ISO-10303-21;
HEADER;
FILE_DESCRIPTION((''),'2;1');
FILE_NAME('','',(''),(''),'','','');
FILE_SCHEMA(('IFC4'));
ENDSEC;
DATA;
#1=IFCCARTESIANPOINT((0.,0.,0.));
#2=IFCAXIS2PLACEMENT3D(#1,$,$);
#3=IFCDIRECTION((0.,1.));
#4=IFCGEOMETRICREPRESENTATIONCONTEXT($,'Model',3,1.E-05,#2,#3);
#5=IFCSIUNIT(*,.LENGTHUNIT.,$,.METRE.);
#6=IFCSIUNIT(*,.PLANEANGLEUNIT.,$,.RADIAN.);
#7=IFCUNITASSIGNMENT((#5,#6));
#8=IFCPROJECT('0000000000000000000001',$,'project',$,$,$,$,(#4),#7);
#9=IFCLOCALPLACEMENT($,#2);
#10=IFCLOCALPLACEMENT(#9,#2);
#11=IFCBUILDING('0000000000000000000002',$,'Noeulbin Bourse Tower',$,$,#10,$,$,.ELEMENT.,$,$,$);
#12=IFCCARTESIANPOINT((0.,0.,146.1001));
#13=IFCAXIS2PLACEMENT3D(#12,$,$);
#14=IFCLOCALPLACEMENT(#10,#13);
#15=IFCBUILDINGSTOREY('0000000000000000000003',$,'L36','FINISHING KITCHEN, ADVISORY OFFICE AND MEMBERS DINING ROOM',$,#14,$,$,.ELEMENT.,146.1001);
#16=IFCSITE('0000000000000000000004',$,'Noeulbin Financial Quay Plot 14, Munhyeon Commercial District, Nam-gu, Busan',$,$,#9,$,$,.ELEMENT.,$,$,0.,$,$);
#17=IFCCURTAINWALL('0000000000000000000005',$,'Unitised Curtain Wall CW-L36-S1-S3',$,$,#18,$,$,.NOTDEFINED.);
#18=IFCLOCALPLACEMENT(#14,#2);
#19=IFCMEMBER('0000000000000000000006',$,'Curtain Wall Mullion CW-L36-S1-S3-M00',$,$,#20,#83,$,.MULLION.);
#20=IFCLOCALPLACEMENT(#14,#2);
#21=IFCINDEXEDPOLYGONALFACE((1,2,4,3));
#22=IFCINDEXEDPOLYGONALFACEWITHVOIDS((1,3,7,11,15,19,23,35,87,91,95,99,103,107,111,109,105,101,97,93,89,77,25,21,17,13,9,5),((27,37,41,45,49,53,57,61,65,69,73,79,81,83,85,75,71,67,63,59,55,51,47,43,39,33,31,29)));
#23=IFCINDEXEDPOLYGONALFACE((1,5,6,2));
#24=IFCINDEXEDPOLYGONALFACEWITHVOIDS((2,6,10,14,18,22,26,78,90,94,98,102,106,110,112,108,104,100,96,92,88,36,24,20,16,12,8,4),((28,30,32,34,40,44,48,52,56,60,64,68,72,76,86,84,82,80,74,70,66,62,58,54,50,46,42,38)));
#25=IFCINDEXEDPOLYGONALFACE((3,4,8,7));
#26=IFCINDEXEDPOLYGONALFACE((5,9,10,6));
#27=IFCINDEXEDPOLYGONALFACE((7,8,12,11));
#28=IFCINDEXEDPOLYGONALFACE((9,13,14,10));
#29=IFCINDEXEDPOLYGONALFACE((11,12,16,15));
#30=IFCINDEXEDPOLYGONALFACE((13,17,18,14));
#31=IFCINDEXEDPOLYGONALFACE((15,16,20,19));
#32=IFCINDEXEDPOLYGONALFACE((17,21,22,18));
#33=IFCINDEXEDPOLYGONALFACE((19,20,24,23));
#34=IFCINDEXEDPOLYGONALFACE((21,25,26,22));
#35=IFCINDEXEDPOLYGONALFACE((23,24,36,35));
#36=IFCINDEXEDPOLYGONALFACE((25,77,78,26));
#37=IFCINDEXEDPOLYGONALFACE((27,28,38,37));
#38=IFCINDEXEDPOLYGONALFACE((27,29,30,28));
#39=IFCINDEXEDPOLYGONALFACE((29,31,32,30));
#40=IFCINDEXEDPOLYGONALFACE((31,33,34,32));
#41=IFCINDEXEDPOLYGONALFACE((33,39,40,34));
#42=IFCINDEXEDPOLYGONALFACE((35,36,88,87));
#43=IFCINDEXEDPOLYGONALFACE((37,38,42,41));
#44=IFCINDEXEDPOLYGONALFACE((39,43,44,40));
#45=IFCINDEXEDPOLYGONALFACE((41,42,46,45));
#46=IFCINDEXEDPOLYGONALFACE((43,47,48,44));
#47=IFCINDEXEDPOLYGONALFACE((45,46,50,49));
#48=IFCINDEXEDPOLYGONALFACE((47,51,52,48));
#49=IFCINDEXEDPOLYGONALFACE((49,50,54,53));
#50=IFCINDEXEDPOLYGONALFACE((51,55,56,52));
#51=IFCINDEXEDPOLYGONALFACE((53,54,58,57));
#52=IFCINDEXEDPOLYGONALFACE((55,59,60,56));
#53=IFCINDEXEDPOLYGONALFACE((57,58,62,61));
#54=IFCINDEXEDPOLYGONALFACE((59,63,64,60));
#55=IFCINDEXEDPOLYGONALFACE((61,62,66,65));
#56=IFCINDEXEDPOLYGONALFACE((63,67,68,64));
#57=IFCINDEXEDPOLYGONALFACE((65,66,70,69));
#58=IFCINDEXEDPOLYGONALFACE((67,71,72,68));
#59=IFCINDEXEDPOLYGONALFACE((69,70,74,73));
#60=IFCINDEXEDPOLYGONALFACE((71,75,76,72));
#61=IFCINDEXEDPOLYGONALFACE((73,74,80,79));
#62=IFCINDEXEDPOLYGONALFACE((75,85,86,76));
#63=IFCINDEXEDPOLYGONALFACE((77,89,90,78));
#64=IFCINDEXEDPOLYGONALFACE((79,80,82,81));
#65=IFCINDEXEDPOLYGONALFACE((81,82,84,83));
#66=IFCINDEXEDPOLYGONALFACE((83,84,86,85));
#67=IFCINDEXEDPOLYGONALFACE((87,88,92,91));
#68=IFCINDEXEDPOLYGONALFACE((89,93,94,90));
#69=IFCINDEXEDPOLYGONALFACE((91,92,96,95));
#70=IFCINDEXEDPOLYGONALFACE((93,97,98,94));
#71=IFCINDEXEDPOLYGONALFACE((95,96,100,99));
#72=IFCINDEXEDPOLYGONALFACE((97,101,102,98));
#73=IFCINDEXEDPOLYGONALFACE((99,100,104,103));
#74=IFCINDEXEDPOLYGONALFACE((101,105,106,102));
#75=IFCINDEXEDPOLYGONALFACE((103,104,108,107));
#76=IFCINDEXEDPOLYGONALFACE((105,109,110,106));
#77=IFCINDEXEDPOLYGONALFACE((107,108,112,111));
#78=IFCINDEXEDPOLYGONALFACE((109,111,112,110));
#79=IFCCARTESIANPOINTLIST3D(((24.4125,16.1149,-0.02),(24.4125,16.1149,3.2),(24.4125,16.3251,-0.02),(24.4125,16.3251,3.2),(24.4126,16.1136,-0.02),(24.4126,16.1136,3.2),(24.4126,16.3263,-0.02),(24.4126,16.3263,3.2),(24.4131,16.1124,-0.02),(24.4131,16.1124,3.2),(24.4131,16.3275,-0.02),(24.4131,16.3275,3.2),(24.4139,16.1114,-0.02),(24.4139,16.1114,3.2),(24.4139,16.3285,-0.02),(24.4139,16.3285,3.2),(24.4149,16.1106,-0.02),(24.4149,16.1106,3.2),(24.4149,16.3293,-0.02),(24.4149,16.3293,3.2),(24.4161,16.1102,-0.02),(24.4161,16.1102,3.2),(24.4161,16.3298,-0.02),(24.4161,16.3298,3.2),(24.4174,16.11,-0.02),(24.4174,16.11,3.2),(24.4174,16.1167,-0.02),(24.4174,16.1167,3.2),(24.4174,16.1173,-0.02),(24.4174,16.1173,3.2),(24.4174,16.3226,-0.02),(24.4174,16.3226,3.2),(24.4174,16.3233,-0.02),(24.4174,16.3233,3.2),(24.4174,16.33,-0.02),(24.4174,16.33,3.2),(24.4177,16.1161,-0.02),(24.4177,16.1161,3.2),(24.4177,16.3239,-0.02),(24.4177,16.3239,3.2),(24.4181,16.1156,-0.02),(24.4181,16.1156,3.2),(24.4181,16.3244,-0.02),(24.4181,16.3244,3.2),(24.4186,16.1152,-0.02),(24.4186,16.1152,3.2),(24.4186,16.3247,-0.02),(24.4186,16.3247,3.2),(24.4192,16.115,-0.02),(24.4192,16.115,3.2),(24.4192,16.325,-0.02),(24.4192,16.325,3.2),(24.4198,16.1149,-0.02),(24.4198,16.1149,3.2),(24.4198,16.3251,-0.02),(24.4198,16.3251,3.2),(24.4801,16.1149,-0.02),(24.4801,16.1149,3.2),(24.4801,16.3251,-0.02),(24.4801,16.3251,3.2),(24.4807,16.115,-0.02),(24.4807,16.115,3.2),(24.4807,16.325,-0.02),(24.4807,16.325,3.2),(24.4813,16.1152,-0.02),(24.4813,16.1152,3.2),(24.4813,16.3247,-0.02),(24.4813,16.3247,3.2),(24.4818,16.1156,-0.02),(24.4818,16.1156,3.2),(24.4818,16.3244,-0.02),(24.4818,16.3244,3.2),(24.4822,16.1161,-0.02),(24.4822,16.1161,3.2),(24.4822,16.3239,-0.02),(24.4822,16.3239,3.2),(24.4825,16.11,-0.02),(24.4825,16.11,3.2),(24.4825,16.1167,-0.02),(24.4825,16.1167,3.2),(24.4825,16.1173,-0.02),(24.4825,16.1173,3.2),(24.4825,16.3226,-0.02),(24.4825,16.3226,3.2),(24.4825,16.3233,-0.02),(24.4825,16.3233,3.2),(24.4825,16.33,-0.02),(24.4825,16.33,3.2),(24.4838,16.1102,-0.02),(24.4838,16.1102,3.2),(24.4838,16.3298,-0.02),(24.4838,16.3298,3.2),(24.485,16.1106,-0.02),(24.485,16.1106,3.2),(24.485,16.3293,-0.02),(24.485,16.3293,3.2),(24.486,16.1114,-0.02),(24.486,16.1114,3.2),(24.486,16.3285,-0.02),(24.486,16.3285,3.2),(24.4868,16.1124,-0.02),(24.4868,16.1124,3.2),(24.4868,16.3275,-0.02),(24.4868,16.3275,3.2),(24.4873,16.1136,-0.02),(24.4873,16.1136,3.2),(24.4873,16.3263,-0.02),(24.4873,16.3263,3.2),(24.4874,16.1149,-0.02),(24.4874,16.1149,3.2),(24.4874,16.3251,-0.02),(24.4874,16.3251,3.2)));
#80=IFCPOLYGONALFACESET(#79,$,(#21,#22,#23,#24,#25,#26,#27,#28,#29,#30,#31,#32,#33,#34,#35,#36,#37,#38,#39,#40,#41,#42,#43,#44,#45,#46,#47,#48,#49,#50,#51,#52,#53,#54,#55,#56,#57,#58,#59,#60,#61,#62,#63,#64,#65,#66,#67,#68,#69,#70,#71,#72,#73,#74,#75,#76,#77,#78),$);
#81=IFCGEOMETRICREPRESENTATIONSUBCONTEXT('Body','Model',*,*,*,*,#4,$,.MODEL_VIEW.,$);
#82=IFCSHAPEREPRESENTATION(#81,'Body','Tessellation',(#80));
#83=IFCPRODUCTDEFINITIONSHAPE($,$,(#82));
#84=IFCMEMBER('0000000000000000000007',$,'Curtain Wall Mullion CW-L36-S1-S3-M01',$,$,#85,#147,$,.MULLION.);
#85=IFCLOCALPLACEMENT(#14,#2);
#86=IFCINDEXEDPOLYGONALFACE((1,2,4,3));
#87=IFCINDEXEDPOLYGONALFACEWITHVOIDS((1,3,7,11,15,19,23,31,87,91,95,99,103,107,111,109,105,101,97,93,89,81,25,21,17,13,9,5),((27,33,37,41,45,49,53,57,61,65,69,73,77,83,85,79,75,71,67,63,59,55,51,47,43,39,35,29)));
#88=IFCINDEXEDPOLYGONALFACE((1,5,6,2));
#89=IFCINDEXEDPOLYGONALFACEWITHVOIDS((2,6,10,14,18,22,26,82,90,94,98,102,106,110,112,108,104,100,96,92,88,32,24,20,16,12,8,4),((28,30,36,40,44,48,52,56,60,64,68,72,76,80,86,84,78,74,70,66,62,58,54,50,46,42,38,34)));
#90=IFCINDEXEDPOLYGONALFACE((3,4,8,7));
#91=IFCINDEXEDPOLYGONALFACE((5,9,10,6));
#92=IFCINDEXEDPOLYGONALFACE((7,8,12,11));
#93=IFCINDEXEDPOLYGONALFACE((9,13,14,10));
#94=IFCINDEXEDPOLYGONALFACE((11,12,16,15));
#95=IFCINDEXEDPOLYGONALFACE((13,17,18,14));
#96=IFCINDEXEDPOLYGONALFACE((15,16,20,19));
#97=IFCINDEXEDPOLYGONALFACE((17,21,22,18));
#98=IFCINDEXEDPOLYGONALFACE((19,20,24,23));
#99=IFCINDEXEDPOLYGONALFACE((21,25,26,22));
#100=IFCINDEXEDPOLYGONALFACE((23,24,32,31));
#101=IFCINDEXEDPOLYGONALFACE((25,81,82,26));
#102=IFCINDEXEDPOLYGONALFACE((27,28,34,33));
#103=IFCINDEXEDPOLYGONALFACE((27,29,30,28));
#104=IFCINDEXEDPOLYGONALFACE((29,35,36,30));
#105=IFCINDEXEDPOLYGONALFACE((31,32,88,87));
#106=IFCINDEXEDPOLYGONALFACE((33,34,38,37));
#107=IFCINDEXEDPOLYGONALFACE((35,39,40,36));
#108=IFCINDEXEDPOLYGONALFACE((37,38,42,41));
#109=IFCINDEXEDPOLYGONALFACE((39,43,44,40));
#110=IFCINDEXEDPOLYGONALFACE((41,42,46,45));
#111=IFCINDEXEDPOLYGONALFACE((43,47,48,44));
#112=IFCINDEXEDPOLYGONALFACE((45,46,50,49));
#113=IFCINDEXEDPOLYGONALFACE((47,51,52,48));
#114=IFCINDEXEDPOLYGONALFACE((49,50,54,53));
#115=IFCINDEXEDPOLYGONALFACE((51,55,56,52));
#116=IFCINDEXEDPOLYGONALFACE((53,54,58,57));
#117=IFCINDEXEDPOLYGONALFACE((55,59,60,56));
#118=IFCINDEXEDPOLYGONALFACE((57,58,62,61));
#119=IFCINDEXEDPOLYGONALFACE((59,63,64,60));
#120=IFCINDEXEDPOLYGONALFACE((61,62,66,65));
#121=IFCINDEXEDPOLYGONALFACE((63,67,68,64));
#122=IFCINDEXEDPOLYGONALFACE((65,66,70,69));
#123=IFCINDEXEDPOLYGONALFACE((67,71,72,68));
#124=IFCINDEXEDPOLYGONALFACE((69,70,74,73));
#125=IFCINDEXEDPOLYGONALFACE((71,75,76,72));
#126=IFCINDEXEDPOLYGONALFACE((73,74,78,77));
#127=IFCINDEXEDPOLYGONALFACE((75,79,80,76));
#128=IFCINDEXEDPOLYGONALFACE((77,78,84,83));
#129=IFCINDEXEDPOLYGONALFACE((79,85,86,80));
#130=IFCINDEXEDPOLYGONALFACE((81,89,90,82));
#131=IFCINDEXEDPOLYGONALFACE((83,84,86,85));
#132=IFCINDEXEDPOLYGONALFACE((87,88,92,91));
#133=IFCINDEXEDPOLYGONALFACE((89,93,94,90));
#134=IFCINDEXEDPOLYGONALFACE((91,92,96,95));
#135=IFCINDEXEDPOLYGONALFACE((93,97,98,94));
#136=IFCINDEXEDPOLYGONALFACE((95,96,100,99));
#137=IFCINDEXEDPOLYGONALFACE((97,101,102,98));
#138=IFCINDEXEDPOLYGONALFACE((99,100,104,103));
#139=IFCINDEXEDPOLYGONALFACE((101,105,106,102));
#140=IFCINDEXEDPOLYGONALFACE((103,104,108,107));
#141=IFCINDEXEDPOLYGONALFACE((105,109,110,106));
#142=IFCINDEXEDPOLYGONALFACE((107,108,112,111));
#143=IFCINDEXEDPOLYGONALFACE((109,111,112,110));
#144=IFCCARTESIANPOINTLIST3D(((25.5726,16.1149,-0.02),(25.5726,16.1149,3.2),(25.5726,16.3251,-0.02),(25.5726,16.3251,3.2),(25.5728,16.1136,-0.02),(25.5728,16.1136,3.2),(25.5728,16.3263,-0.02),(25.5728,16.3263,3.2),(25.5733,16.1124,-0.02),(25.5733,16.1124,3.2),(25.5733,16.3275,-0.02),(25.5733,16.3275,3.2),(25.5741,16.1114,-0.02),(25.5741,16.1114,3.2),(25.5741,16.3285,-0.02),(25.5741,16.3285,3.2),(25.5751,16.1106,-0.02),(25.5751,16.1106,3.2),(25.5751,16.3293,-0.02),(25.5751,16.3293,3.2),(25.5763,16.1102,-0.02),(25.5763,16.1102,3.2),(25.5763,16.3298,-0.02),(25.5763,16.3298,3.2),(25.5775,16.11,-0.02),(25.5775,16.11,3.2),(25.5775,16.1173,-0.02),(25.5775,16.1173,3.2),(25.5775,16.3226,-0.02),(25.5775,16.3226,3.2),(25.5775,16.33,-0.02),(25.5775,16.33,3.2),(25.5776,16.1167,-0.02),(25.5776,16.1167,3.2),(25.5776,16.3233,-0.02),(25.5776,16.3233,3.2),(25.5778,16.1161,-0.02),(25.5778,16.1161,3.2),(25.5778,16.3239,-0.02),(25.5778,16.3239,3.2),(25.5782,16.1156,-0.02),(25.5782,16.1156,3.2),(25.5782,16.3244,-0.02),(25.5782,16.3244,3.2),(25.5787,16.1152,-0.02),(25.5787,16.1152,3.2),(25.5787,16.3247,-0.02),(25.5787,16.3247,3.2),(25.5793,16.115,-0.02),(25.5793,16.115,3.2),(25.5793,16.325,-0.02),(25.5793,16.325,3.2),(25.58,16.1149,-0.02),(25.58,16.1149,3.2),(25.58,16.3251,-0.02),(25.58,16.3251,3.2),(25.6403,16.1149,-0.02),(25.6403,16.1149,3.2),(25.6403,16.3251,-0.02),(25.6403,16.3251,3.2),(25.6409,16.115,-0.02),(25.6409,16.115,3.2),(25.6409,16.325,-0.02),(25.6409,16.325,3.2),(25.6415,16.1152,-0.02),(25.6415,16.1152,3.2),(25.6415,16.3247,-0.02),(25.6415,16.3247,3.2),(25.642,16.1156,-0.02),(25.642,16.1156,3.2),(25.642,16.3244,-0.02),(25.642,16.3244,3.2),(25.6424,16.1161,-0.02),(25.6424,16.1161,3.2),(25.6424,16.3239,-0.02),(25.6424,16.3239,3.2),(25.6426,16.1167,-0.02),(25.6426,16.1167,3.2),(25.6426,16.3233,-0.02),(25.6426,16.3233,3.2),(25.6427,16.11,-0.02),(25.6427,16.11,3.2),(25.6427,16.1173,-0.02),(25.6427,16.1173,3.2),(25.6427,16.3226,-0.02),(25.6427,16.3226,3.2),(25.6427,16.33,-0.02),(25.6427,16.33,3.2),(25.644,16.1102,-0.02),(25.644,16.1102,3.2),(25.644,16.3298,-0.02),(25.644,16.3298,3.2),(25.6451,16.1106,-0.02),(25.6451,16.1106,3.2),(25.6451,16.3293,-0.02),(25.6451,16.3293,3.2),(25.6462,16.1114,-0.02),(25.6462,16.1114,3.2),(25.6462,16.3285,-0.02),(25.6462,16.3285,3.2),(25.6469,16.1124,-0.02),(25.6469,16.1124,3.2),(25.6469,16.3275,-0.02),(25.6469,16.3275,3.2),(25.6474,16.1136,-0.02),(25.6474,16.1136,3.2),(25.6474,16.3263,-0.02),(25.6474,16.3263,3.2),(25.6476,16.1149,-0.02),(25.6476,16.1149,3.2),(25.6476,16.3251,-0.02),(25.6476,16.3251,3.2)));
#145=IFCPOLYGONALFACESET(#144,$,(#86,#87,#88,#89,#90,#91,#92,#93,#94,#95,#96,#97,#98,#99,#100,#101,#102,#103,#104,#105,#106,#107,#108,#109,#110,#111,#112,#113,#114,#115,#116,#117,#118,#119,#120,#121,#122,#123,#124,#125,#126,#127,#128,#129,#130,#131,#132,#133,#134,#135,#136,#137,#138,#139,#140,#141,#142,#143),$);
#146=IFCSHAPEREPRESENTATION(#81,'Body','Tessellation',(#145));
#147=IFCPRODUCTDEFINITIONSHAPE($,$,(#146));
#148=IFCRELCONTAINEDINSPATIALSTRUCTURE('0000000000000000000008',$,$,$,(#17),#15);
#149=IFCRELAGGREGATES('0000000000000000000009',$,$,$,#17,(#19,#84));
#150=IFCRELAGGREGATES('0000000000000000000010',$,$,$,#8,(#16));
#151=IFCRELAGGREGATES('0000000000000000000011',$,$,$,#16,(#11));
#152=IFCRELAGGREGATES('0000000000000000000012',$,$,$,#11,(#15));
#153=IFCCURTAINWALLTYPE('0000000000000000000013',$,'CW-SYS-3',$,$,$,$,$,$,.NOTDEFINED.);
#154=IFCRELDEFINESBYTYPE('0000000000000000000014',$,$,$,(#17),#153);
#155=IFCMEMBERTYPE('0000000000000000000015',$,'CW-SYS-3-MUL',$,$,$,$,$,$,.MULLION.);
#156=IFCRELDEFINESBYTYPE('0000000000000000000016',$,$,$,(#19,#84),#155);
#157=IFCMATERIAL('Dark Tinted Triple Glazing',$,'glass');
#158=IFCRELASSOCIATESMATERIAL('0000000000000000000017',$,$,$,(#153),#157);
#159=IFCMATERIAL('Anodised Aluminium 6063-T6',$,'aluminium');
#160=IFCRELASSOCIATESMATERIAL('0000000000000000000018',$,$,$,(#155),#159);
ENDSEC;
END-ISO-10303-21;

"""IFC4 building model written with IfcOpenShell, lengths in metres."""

from ifc_helpers import new_model, si_unit, direction, frame, origin, origin_2d, place, context, subcontext, project, spatial, hollow_rectangle, extrude, material, material_profile, profile_set, type_object, element, aggregate, save


model = new_model("IFC4")

# Units and contexts
model_context = context("Model", 3, precision=1e-05, world=origin(), true_north=direction((0.0, 1.0)))
body_context = subcontext(model_context, "Body", "Model", "MODEL_VIEW")
ifc_project = project(units=[si_unit("LENGTHUNIT", "METRE"), si_unit("PLANEANGLEUNIT", "RADIAN")], contexts=[model_context])

# Site, building, storey
site_placement = place(None, origin())
site = spatial("IfcSite", under=ifc_project, at=site_placement, Name="Noeulbin Financial Quay Plot 14, Munhyeon Commercial District, Nam-gu, Busan", CompositionType="ELEMENT", RefElevation=0.0)
building_placement = place(site_placement, origin())
building = spatial("IfcBuilding", under=site, at=building_placement, Name="Noeulbin Bourse Tower", CompositionType="ELEMENT")
storey_placement = place(building_placement, frame((0.0, 0.0, 146.1001)))
storey = spatial("IfcBuildingStorey", under=building, at=storey_placement, Name="L36", Description="FINISHING KITCHEN, ADVISORY OFFICE AND MEMBERS DINING ROOM", CompositionType="ELEMENT", Elevation=146.1001)

# Curtain wall, members
ifc_material_1 = material(Name="Dark Tinted Triple Glazing", Category="glass")
curtain_wall_type = type_object("IfcCurtainWallType", Name="CW-SYS-3", PredefinedType="NOTDEFINED", material=ifc_material_1)
ifc_material_2 = material(Name="Anodised Aluminium 6063-T6", Category="aluminium")
ifc_material_profile_1 = material_profile(ifc_material_2, hollow_rectangle(XDim=0.075, YDim=0.22, WallThickness=0.0049, InnerFilletRadius=0.0024, OuterFilletRadius=0.0049, at=origin_2d()), Name="ALU-MULL-75x220x5", Category="LoadBearing")
ifc_profile_set_1 = profile_set([ifc_material_profile_1], Name="Anodised Aluminium 6063-T6")
member_type_1 = type_object("IfcMemberType", Name="CW-SYS-3-MUL", PredefinedType="MULLION", material=ifc_profile_set_1)
curtain_wall_1_placement = place(storey_placement, origin())
curtain_wall_1 = element("IfcCurtainWall", 1, at=curtain_wall_1_placement, inside=storey, type_object=curtain_wall_type, Name="Unitised Curtain Wall CW-L36-S1-S3", PredefinedType="NOTDEFINED")
member_1_placement = place(storey_placement, frame((24.45, 16.22, -0.02), z_axis=(0.0, 0.0, 1.0), x_axis=(1.0, 0.0, 0.0)))
member_1 = element("IfcMember", 2, at=member_1_placement, type_object=member_type_1, Name="Curtain Wall Mullion CW-L36-S1-S3-M00", PredefinedType="MULLION", context=body_context, shape_type="SweptSolid", body=[
    extrude(hollow_rectangle(XDim=0.075, YDim=0.22, WallThickness=0.0049, InnerFilletRadius=0.0024, OuterFilletRadius=0.0049, at=origin_2d()), origin(), (0.0, 0.0, 1.0), 3.22),
])
member_2_placement = place(storey_placement, frame((25.6101, 16.22, -0.02), z_axis=(0.0, 0.0, 1.0), x_axis=(1.0, 0.0, 0.0)))
member_2 = element("IfcMember", 3, at=member_2_placement, type_object=member_type_1, Name="Curtain Wall Mullion CW-L36-S1-S3-M01", PredefinedType="MULLION", context=body_context, shape_type="SweptSolid", body=[
    extrude(hollow_rectangle(XDim=0.075, YDim=0.22, WallThickness=0.0049, InnerFilletRadius=0.0024, OuterFilletRadius=0.0049, at=origin_2d()), origin(), (0.0, 0.0, 1.0), 3.22),
])

aggregate(curtain_wall_1, [member_1, member_2])

save(model, "model.ifc")
